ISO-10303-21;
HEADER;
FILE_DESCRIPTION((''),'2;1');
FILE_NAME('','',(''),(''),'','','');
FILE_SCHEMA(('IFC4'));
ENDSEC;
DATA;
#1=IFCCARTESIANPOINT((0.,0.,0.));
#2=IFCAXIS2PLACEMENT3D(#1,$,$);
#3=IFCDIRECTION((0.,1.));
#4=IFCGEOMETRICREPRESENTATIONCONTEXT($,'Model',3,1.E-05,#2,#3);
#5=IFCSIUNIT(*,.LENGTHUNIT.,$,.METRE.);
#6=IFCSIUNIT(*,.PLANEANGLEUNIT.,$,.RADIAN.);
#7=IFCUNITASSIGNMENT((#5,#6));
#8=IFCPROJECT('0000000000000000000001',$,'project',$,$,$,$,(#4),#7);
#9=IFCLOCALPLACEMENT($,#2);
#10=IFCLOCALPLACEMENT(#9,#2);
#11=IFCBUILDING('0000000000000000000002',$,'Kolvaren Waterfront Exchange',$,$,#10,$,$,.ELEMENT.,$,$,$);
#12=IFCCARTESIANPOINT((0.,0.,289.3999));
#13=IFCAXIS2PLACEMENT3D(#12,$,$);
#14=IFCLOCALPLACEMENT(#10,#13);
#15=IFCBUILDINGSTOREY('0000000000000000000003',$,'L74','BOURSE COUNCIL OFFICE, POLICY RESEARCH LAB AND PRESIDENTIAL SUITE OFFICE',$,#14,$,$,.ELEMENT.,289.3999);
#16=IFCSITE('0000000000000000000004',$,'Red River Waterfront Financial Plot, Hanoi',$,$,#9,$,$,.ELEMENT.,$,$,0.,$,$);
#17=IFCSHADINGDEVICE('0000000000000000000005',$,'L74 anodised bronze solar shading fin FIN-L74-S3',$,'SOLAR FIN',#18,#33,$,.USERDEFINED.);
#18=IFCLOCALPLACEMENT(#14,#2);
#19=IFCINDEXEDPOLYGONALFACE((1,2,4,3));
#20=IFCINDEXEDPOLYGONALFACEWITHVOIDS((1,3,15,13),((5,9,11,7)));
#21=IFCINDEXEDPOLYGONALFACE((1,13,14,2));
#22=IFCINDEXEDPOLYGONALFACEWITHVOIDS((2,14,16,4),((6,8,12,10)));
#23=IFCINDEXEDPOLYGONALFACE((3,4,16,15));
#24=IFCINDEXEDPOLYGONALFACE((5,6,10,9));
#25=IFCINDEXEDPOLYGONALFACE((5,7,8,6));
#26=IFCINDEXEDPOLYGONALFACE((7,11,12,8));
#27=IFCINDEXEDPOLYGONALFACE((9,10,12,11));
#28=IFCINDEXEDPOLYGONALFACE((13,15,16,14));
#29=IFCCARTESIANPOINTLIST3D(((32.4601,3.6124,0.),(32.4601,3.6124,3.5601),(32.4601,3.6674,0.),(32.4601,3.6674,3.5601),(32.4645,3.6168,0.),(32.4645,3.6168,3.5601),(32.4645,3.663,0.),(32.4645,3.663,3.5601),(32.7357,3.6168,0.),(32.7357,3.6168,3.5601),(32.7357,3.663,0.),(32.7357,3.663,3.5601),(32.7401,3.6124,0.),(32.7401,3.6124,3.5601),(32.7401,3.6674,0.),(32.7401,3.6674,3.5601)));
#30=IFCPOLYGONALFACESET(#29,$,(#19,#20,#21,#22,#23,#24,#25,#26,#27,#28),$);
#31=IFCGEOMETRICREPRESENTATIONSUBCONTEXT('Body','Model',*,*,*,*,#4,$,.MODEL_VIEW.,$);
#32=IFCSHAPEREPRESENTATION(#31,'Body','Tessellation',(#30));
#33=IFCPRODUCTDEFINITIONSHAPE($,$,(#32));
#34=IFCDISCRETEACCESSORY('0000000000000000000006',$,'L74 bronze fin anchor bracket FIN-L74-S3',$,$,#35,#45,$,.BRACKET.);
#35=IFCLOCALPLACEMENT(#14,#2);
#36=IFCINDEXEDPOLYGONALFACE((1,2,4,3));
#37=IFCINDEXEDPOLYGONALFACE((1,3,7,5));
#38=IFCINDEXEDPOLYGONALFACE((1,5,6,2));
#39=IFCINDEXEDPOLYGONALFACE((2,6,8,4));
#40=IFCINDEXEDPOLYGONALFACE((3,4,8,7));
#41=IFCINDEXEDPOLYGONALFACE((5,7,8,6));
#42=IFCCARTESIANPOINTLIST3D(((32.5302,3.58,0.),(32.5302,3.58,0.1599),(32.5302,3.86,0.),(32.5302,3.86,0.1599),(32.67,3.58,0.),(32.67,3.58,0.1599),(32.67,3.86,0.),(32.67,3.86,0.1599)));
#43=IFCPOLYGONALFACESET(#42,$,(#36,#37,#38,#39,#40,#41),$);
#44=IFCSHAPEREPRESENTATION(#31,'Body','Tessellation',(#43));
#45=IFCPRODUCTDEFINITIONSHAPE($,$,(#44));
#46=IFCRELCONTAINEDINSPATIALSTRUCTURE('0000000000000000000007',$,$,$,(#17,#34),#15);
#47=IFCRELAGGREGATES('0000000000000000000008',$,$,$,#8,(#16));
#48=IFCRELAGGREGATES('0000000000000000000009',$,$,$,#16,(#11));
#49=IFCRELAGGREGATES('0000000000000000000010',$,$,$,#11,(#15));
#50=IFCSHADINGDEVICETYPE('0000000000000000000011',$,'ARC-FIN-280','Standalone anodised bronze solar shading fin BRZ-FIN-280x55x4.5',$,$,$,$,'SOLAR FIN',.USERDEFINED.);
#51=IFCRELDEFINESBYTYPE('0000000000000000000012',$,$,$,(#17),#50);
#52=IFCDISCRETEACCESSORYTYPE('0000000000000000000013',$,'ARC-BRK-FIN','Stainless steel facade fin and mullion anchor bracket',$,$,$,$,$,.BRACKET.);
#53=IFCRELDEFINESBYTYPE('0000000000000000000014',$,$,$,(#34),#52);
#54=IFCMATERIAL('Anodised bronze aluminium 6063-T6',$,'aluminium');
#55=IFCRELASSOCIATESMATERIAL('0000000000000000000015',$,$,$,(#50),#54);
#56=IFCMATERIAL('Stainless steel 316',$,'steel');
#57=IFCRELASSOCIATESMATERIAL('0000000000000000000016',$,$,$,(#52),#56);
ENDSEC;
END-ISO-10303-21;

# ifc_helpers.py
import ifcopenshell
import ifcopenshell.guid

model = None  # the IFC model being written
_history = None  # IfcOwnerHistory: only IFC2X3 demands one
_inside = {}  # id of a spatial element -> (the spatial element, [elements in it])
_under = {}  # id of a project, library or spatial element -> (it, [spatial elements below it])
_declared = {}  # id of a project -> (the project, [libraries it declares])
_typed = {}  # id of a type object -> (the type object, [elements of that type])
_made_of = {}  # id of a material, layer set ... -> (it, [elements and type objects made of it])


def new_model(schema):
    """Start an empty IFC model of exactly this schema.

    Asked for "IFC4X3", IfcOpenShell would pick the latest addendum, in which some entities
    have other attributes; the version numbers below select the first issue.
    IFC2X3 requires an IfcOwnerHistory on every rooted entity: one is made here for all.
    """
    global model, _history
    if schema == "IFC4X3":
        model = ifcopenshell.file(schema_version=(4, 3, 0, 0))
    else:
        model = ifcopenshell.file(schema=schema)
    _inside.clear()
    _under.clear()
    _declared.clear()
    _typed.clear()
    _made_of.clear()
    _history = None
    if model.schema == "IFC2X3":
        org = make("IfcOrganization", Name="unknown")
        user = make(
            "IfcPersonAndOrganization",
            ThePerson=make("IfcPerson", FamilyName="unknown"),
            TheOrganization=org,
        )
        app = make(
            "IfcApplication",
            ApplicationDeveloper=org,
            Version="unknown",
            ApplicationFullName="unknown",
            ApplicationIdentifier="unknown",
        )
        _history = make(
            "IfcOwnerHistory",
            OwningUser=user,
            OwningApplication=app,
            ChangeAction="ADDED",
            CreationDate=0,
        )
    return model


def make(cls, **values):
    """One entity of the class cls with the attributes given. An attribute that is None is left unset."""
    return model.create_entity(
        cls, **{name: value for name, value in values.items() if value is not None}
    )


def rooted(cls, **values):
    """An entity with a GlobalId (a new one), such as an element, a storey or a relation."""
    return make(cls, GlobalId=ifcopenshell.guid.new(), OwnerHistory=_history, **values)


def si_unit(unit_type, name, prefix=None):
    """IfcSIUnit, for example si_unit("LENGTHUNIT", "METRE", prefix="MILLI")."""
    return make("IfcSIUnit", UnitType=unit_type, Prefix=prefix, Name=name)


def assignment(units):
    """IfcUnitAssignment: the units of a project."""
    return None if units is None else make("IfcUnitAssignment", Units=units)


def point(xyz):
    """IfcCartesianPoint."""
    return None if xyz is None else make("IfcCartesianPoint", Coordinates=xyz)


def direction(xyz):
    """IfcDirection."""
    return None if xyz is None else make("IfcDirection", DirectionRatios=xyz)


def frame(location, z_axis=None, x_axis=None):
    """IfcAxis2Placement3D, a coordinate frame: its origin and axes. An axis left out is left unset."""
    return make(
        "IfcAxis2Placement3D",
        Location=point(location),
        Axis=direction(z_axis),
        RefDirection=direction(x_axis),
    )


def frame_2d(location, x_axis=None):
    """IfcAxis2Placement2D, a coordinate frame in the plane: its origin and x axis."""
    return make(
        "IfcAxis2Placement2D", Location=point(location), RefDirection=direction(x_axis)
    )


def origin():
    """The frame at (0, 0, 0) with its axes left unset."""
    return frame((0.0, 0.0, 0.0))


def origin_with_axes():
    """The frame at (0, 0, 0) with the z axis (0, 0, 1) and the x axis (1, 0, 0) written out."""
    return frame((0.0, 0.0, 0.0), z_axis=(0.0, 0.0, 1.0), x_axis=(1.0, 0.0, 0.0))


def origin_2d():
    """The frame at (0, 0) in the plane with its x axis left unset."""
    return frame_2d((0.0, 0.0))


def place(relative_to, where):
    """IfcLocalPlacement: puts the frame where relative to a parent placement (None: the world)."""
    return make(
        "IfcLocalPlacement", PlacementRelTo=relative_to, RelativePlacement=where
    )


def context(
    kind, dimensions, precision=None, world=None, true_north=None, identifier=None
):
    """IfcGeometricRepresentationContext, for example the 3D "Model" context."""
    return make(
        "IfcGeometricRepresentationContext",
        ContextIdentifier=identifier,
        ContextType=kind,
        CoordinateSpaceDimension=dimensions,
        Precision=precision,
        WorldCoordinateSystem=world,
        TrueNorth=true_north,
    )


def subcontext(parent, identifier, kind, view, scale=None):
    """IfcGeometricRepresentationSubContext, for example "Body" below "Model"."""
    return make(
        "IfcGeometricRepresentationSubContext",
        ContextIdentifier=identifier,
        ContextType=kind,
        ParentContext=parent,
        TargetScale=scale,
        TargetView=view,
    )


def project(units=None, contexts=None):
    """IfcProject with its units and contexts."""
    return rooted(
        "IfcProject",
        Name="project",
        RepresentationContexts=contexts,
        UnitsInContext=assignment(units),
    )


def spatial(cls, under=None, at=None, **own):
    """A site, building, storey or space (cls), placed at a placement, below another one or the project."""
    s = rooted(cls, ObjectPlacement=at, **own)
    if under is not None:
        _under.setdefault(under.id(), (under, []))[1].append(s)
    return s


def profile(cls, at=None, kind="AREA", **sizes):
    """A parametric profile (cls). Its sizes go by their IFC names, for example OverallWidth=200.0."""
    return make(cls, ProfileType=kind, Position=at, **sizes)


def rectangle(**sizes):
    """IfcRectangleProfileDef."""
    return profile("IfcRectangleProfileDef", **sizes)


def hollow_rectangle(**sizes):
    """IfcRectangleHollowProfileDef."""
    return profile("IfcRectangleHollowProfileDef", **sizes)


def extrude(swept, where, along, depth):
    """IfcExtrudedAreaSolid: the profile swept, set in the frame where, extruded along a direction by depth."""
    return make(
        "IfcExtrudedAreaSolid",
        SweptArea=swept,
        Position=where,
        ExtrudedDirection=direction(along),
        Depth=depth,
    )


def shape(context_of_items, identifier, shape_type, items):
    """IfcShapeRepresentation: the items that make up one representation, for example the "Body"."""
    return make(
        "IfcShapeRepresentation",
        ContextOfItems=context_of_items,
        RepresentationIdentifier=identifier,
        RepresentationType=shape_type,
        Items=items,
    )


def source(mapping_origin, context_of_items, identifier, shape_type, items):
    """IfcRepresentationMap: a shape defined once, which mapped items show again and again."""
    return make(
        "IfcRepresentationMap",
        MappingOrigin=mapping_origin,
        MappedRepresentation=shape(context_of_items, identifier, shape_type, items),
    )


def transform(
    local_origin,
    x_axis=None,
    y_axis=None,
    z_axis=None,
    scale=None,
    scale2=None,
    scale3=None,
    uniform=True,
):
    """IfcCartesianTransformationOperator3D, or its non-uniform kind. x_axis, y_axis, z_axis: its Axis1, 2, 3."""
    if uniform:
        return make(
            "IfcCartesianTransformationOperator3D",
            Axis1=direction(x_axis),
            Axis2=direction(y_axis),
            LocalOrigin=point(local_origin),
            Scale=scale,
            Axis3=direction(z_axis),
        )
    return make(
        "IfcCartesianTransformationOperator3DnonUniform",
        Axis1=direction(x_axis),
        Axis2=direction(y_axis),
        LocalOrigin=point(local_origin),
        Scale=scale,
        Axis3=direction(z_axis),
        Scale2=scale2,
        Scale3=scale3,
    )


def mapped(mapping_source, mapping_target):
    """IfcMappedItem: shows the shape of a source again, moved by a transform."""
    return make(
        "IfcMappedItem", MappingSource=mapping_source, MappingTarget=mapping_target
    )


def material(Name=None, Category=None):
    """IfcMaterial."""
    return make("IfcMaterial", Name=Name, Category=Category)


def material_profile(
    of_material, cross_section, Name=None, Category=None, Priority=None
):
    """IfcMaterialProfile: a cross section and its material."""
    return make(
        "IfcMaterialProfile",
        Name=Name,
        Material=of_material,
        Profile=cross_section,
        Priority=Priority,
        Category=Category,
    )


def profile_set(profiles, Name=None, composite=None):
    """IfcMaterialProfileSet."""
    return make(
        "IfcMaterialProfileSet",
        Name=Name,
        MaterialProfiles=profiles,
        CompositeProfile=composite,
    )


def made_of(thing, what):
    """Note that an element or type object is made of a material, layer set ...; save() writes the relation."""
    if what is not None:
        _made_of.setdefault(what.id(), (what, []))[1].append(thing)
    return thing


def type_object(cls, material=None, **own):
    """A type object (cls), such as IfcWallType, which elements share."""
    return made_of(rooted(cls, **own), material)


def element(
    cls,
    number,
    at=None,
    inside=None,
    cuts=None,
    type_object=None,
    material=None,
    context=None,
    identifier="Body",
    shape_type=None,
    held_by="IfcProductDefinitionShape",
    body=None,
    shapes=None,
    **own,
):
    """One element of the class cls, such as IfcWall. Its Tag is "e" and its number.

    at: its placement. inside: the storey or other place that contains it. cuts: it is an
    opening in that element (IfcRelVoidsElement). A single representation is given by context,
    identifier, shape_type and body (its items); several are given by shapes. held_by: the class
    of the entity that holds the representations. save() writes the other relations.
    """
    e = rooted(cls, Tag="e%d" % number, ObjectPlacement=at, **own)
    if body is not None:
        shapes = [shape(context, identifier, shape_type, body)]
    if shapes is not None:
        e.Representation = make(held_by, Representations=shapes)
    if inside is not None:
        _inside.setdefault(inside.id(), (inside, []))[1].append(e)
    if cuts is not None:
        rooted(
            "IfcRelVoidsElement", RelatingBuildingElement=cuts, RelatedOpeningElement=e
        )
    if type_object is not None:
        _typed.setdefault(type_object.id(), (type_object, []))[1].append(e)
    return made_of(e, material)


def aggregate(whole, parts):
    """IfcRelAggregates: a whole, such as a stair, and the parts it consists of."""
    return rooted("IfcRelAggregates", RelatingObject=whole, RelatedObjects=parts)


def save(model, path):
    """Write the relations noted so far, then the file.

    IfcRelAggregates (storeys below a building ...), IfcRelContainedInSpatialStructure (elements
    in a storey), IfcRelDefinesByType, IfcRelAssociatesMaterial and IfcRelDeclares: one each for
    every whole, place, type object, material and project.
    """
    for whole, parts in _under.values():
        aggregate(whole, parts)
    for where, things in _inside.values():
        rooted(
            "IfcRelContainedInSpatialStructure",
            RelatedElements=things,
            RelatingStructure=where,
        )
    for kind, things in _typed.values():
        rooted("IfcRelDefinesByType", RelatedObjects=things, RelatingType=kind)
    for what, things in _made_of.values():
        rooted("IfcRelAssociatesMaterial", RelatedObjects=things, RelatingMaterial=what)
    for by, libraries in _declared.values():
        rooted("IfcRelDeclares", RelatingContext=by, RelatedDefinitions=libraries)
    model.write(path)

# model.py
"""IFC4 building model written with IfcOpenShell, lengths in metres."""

from ifc_helpers import new_model, si_unit, direction, frame, origin, origin_with_axes, origin_2d, place, context, subcontext, project, spatial, rectangle, hollow_rectangle, extrude, source, transform, mapped, material, material_profile, profile_set, type_object, element, save


model = new_model("IFC4")

# Units and contexts
model_context = context("Model", 3, precision=1e-05, world=origin(), true_north=direction((0.0, 1.0)))
body_context = subcontext(model_context, "Body", "Model", "MODEL_VIEW")
ifc_project = project(units=[si_unit("LENGTHUNIT", "METRE"), si_unit("PLANEANGLEUNIT", "RADIAN")], contexts=[model_context])

# Site, building, storey
site_placement = place(None, origin())
site = spatial("IfcSite", under=ifc_project, at=site_placement, Name="Red River Waterfront Financial Plot, Hanoi", CompositionType="ELEMENT", RefElevation=0.0)
building_placement = place(site_placement, origin())
building = spatial("IfcBuilding", under=site, at=building_placement, Name="Kolvaren Waterfront Exchange", CompositionType="ELEMENT")
storey_placement = place(building_placement, frame((0.0, 0.0, 289.3999)))
storey = spatial("IfcBuildingStorey", under=building, at=storey_placement, Name="L74", Description="BOURSE COUNCIL OFFICE, POLICY RESEARCH LAB AND PRESIDENTIAL SUITE OFFICE", CompositionType="ELEMENT", Elevation=289.3999)

# Shared definitions
ifc_material_1 = material(Name="Anodised bronze aluminium 6063-T6", Category="aluminium")

# Shading device
ifc_material_profile_1 = material_profile(ifc_material_1, hollow_rectangle(XDim=0.0549, YDim=0.28, WallThickness=0.0044, at=origin_2d()), Name="BRZ-FIN-280x55x4.5")
ifc_profile_set_1 = profile_set([ifc_material_profile_1], Name="Anodised bronze aluminium 6063-T6")
shading_device_type = type_object("IfcShadingDeviceType", Name="ARC-FIN-280", Description="Standalone anodised bronze solar shading fin BRZ-FIN-280x55x4.5", ElementType="SOLAR FIN", PredefinedType="USERDEFINED", material=ifc_profile_set_1)
shading_device_placement = place(storey_placement, frame((32.6001, 3.6399, 0.0), z_axis=(0.0, 0.0, 1.0), x_axis=(0.0, -1.0, 0.0)))
element("IfcShadingDevice", 1, at=shading_device_placement, inside=storey, type_object=shading_device_type, Name="L74 anodised bronze solar shading fin FIN-L74-S3", ObjectType="SOLAR FIN", PredefinedType="USERDEFINED", context=body_context, shape_type="SweptSolid", body=[
    extrude(hollow_rectangle(XDim=0.0549, YDim=0.28, WallThickness=0.0044, at=origin_2d()), origin(), (0.0, 0.0, 1.0), 3.5601),
])

# Discrete accessory
ifc_material_2 = material(Name="Stainless steel 316", Category="steel")
discrete_accessory_type = type_object("IfcDiscreteAccessoryType", Name="ARC-BRK-FIN", Description="Stainless steel facade fin and mullion anchor bracket", PredefinedType="BRACKET", material=ifc_material_2)
shared_shape_1 = source(origin_with_axes(), body_context, "Body", "SweptSolid", [
    extrude(rectangle(XDim=0.28, YDim=0.1399, at=origin_2d()), origin(), (0.0, 0.0, 1.0), 0.1599),
])
discrete_accessory_placement = place(storey_placement, frame((32.6001, 3.72, 0.0), z_axis=(0.0, 0.0, 1.0), x_axis=(0.0, -1.0, 0.0)))
element("IfcDiscreteAccessory", 2, at=discrete_accessory_placement, inside=storey, type_object=discrete_accessory_type, Name="L74 bronze fin anchor bracket FIN-L74-S3", PredefinedType="BRACKET", context=body_context, shape_type="MappedRepresentation", body=[
    mapped(shared_shape_1, transform((0.0, 0.0, 0.0), x_axis=(1.0, 0.0, 0.0), y_axis=(0.0, 1.0, 0.0), z_axis=(0.0, 0.0, 1.0), scale=1.0)),
])

save(model, "model.ifc")
